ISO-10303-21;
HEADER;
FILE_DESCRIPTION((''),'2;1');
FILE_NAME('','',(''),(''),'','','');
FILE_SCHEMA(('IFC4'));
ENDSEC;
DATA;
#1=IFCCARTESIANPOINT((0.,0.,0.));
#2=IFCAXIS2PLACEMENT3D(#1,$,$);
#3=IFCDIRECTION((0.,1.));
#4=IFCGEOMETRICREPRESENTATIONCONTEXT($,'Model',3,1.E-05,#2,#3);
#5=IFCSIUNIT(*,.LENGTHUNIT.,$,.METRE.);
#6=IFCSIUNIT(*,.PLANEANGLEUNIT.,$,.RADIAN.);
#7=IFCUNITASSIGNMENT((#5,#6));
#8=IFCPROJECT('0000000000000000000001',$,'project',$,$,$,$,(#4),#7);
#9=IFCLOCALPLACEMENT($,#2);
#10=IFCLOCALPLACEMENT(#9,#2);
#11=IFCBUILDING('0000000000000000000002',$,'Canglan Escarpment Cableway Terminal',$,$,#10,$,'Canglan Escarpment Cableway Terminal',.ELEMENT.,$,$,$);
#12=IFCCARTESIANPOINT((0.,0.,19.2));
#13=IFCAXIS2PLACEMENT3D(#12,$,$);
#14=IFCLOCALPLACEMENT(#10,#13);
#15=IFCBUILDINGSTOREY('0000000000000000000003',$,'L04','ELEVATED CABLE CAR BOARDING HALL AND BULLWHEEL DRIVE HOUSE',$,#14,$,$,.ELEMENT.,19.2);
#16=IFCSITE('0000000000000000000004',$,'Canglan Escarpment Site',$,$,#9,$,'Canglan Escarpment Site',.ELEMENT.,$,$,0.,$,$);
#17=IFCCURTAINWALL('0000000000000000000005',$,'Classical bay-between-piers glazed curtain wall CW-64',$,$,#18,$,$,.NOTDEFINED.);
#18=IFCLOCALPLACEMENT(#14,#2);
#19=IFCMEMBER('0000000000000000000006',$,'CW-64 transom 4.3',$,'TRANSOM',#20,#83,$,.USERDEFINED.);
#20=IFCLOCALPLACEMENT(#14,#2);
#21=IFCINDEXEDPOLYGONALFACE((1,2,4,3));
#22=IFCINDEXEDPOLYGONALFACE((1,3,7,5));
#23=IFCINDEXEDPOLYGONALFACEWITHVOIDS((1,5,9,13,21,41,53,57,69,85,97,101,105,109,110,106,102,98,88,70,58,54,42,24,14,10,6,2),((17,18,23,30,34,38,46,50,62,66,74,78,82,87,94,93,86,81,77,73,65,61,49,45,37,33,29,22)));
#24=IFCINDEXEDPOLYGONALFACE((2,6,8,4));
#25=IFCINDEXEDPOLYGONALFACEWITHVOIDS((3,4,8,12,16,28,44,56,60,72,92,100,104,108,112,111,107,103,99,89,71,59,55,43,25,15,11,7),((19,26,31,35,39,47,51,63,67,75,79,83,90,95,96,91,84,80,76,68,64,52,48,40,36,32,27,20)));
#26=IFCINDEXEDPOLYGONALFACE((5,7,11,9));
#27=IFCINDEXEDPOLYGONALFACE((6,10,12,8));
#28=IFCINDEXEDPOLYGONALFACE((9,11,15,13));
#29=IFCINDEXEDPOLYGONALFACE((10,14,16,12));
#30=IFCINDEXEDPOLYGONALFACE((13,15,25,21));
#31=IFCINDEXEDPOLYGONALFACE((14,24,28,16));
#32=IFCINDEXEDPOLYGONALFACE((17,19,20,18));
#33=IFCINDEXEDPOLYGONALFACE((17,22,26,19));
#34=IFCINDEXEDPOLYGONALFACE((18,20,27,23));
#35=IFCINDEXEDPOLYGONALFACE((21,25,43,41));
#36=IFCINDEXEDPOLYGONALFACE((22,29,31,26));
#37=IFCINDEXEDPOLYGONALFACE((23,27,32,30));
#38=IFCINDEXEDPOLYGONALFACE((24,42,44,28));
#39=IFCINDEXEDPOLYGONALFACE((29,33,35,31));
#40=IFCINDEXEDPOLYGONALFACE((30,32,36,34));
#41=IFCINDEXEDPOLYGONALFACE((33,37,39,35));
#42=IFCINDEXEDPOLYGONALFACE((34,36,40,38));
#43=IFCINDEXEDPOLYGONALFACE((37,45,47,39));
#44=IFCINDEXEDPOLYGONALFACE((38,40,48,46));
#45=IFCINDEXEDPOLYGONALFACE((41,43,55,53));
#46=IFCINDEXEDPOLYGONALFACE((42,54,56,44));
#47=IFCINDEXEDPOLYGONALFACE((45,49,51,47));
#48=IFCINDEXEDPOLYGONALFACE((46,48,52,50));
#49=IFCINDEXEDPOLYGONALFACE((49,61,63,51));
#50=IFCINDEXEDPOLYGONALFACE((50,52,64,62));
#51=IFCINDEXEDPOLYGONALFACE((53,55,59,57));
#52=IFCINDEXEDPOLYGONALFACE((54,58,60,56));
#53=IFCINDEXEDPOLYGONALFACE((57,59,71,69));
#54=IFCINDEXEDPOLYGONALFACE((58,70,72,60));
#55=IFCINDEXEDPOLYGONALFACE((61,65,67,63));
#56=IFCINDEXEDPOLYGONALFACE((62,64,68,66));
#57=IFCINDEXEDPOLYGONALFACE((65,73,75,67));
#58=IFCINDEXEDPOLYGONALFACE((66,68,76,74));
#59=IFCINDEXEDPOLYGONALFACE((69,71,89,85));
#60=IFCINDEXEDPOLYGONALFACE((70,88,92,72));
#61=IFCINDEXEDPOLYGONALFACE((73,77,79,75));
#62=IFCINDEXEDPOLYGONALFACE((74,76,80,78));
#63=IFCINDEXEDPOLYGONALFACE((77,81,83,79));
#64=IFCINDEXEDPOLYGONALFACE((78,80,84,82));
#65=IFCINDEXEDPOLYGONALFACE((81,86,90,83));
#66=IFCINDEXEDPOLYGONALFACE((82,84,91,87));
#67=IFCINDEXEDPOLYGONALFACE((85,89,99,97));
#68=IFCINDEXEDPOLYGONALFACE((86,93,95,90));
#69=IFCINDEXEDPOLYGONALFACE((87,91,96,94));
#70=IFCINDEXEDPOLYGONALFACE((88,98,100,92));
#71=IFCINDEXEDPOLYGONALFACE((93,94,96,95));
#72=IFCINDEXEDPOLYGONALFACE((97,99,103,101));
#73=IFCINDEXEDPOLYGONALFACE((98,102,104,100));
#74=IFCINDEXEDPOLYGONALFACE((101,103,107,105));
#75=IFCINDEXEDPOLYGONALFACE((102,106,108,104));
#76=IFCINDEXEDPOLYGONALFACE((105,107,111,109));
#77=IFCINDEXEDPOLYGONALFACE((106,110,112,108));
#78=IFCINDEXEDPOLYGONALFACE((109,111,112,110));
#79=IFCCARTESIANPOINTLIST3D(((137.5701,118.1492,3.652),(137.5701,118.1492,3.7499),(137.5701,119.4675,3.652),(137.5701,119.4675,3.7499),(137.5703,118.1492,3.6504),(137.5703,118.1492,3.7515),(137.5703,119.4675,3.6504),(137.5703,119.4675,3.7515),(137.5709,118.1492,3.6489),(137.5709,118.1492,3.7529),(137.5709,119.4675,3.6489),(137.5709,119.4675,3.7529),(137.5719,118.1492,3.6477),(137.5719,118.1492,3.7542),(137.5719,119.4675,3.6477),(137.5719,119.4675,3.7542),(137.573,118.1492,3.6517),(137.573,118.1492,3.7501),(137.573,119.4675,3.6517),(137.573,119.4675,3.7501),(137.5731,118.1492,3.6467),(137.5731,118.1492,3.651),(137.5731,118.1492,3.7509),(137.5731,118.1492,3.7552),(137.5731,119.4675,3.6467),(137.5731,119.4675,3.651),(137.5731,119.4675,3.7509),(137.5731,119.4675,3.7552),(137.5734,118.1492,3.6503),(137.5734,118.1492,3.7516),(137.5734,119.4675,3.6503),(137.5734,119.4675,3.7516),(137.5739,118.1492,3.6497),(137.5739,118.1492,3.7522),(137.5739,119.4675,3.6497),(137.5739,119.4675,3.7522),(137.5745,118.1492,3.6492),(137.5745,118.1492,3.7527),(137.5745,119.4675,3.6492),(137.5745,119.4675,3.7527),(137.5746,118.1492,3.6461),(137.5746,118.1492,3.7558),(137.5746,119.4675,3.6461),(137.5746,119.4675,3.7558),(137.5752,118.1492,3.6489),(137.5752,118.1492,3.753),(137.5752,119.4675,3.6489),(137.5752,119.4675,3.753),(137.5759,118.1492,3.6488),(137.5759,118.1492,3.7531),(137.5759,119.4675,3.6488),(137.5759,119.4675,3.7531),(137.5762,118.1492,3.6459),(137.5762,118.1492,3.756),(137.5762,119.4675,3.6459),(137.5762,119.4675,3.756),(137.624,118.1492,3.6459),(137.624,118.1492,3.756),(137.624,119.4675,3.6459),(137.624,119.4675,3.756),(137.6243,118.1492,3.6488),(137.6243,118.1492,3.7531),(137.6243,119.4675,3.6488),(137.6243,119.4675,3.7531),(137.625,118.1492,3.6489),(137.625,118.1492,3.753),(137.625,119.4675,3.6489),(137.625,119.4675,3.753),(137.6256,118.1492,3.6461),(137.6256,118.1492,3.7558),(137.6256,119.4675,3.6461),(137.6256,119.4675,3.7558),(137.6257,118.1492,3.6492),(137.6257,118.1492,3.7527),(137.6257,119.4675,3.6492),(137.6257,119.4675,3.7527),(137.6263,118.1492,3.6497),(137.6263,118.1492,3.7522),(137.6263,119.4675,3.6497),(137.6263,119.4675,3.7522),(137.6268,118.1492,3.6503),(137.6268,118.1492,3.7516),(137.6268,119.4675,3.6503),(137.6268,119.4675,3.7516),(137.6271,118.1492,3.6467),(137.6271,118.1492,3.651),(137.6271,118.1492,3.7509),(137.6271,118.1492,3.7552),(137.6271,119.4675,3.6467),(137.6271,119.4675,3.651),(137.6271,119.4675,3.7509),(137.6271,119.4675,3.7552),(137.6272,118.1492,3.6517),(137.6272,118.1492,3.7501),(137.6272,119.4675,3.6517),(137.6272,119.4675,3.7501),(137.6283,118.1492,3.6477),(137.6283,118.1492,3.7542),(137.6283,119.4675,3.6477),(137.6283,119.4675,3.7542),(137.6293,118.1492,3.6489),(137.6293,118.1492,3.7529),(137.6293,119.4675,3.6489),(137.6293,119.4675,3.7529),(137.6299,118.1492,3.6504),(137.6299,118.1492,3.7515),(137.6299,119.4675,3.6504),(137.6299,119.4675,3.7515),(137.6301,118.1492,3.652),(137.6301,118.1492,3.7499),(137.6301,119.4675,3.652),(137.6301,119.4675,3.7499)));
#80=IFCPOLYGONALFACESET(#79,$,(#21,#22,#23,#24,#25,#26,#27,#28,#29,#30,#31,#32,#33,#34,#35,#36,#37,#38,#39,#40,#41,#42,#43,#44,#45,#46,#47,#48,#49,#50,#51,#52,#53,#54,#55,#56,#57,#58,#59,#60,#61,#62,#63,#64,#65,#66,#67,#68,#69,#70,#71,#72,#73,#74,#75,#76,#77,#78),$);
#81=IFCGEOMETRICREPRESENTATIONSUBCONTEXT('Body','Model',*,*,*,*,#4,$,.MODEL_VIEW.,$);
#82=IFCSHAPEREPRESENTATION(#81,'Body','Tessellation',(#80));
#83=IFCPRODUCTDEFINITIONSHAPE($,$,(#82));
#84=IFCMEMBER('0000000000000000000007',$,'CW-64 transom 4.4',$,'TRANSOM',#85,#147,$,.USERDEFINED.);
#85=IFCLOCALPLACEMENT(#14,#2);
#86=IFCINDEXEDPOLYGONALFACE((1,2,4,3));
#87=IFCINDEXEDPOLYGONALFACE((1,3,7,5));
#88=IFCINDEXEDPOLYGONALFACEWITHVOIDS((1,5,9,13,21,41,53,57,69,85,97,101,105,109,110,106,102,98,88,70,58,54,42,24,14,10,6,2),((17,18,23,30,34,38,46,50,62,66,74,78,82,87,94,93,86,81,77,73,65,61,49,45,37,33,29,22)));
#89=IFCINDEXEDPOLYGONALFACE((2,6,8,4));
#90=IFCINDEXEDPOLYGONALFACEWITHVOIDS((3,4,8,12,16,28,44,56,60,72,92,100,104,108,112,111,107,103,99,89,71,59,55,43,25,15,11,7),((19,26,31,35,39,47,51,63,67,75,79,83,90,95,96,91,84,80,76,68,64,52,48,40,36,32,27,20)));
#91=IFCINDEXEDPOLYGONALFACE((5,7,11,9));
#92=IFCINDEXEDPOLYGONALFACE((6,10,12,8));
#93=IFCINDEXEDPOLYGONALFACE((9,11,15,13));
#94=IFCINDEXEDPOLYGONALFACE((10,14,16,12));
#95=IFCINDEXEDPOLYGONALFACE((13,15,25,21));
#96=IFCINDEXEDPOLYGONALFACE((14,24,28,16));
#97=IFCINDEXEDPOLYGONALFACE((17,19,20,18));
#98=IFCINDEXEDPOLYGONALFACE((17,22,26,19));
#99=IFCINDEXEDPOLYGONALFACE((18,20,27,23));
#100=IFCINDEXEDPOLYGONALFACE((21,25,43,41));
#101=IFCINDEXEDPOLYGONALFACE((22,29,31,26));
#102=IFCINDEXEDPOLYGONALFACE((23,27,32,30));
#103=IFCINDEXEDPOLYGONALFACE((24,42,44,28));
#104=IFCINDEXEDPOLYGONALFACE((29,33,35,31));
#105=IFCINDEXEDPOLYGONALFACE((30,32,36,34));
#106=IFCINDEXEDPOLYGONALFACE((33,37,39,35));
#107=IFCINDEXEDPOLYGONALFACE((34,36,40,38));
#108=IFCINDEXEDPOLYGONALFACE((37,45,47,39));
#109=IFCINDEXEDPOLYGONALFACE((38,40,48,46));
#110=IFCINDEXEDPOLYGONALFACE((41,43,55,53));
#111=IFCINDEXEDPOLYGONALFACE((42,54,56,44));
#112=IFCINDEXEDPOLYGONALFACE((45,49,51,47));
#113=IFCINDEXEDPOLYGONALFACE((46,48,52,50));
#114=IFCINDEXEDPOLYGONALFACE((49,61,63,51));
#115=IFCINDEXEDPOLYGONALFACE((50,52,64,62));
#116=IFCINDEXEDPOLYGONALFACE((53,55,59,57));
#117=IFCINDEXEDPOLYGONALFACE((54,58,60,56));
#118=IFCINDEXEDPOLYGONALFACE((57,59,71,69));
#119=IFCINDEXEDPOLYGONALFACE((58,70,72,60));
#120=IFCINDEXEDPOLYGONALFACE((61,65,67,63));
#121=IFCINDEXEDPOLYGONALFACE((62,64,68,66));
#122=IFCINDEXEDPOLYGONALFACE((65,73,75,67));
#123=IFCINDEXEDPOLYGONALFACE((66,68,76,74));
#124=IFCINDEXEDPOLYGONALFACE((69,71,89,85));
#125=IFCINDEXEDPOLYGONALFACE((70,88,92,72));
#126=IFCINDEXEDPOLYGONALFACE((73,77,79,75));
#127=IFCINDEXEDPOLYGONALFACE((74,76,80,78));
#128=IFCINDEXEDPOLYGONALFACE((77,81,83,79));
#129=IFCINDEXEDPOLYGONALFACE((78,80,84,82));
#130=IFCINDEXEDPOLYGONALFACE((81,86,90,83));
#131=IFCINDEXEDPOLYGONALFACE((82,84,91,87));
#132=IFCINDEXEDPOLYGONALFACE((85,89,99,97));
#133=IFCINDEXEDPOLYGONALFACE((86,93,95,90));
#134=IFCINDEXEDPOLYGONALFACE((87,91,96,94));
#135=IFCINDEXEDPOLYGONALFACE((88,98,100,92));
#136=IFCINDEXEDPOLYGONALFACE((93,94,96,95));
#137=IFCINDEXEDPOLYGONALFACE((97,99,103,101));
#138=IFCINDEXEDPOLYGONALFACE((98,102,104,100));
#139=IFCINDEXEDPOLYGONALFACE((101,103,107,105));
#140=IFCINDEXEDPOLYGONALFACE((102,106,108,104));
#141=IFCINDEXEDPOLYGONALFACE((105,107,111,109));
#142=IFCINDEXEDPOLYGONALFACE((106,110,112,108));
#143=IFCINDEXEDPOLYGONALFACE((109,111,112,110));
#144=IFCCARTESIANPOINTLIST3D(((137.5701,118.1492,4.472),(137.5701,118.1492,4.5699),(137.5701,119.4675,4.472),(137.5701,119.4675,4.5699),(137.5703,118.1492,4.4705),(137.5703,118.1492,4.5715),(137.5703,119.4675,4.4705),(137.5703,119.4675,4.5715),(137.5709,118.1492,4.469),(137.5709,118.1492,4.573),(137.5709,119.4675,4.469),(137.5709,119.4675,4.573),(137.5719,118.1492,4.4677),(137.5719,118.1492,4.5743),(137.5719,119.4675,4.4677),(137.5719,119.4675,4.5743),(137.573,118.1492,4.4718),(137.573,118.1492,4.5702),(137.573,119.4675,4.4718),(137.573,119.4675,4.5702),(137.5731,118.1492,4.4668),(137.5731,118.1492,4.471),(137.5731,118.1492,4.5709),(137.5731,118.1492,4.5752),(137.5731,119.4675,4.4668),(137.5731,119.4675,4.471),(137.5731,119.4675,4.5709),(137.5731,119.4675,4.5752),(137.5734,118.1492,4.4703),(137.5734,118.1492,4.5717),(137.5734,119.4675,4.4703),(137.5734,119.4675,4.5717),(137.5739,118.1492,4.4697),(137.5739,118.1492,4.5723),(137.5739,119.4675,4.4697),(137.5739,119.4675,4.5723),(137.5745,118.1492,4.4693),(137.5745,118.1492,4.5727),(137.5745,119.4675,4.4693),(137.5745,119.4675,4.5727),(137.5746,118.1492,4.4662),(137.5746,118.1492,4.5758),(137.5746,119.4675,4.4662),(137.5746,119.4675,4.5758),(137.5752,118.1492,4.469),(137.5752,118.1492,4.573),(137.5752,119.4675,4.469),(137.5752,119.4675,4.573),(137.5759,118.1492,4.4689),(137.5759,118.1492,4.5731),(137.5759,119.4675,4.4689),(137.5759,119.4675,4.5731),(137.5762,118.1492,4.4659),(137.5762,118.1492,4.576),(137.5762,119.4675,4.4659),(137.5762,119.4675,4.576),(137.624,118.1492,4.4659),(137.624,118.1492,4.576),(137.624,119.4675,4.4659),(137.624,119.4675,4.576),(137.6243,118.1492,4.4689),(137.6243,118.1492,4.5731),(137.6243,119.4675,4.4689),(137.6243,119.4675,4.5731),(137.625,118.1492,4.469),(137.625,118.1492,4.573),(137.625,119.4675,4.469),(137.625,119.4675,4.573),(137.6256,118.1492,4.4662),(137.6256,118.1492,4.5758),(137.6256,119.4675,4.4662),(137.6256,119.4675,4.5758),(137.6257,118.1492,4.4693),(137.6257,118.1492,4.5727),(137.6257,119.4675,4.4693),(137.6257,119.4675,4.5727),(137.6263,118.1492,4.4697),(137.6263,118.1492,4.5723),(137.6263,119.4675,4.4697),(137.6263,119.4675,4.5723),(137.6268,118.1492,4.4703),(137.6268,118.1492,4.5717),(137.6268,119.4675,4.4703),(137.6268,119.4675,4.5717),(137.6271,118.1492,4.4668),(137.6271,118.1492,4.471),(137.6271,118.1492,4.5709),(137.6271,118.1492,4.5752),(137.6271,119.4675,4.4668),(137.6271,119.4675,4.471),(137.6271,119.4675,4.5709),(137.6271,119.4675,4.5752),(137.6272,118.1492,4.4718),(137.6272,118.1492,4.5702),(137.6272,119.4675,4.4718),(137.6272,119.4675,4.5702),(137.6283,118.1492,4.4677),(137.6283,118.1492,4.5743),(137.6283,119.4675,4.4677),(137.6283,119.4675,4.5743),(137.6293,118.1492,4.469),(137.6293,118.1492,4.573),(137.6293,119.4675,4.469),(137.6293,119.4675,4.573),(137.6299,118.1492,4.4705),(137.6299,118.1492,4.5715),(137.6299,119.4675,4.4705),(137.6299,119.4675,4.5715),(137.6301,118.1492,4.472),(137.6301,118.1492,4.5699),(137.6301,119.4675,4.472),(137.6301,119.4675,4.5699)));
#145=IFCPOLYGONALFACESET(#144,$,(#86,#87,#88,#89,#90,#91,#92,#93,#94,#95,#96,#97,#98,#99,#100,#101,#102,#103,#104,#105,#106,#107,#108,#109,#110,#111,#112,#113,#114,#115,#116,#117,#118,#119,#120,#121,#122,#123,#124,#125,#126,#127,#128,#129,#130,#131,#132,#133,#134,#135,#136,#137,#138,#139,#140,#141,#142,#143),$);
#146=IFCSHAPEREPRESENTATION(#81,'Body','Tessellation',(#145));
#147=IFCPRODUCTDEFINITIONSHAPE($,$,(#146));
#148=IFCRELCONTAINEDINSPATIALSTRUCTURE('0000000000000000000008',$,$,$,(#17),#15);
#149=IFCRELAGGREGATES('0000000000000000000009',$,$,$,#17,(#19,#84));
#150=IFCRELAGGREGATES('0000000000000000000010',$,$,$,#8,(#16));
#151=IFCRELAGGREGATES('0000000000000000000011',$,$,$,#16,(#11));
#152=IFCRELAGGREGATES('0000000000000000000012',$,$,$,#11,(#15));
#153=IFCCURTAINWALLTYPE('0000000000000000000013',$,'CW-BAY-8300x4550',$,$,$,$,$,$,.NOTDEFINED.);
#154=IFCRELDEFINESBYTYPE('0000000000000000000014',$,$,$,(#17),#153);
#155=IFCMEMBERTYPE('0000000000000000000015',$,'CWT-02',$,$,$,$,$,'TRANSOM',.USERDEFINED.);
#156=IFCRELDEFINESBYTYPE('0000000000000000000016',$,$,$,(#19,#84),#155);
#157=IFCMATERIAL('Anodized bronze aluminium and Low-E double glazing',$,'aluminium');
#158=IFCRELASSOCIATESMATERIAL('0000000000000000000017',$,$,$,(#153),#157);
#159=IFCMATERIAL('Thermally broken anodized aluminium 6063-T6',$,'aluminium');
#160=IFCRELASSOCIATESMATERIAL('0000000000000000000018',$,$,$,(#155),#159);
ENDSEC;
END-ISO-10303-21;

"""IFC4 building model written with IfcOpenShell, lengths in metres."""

from ifc_helpers import new_model, si_unit, direction, frame, origin, origin_2d, place, context, subcontext, project, spatial, hollow_rectangle, extrude, material, material_profile, profile_set, type_object, element, aggregate, save


model = new_model("IFC4")

# Units and contexts
model_context = context("Model", 3, precision=1e-05, world=origin(), true_north=direction((0.0, 1.0)))
body_context = subcontext(model_context, "Body", "Model", "MODEL_VIEW")
ifc_project = project(units=[si_unit("LENGTHUNIT", "METRE"), si_unit("PLANEANGLEUNIT", "RADIAN")], contexts=[model_context])

# Site, building, storey
site_placement = place(None, origin())
site = spatial("IfcSite", under=ifc_project, at=site_placement, Name="Canglan Escarpment Site", LongName="Canglan Escarpment Site", CompositionType="ELEMENT", RefElevation=0.0)
building_placement = place(site_placement, origin())
building = spatial("IfcBuilding", under=site, at=building_placement, Name="Canglan Escarpment Cableway Terminal", LongName="Canglan Escarpment Cableway Terminal", CompositionType="ELEMENT")
storey_placement = place(building_placement, frame((0.0, 0.0, 19.2)))
storey = spatial("IfcBuildingStorey", under=building, at=storey_placement, Name="L04", Description="ELEVATED CABLE CAR BOARDING HALL AND BULLWHEEL DRIVE HOUSE", CompositionType="ELEMENT", Elevation=19.2)

# Curtain wall, members
ifc_material_1 = material(Name="Anodized bronze aluminium and Low-E double glazing", Category="aluminium")
curtain_wall_type = type_object("IfcCurtainWallType", Name="CW-BAY-8300x4550", PredefinedType="NOTDEFINED", material=ifc_material_1)
curtain_wall_placement = place(storey_placement, origin())
curtain_wall = element("IfcCurtainWall", 1, at=curtain_wall_placement, inside=storey, type_object=curtain_wall_type, Name="Classical bay-between-piers glazed curtain wall CW-64", PredefinedType="NOTDEFINED")
ifc_material_2 = material(Name="Thermally broken anodized aluminium 6063-T6", Category="aluminium")
ifc_material_profile_1 = material_profile(ifc_material_2, hollow_rectangle(XDim=0.0601, YDim=0.1101, WallThickness=0.0029, InnerFilletRadius=0.0029, OuterFilletRadius=0.0061, at=origin_2d()), Name="ALU-TRAN 60x110x3")
ifc_profile_set_1 = profile_set([ifc_material_profile_1], Name="Thermally broken anodized aluminium 6063-T6")
member_type_1 = type_object("IfcMemberType", Name="CWT-02", ElementType="TRANSOM", PredefinedType="USERDEFINED", material=ifc_profile_set_1)
member_1_placement = place(storey_placement, frame((137.6001, 119.4675, 3.7009), z_axis=(0.0, -1.0, 0.0), x_axis=(1.0, 0.0, 0.0)))
member_1 = element("IfcMember", 2, at=member_1_placement, type_object=member_type_1, Name="CW-64 transom 4.3", ObjectType="TRANSOM", PredefinedType="USERDEFINED", context=body_context, shape_type="SweptSolid", body=[
    extrude(hollow_rectangle(XDim=0.0601, YDim=0.1101, WallThickness=0.0029, InnerFilletRadius=0.0029, OuterFilletRadius=0.0061, at=origin_2d()), origin(), (0.0, 0.0, 1.0), 1.3184),
])
member_2_placement = place(storey_placement, frame((137.6001, 119.4675, 4.521), z_axis=(0.0, -1.0, 0.0), x_axis=(1.0, 0.0, 0.0)))
member_2 = element("IfcMember", 3, at=member_2_placement, type_object=member_type_1, Name="CW-64 transom 4.4", ObjectType="TRANSOM", PredefinedType="USERDEFINED", context=body_context, shape_type="SweptSolid", body=[
    extrude(hollow_rectangle(XDim=0.0601, YDim=0.1101, WallThickness=0.0029, InnerFilletRadius=0.0029, OuterFilletRadius=0.0061, at=origin_2d()), origin(), (0.0, 0.0, 1.0), 1.3184),
])
aggregate(curtain_wall, [member_1, member_2])

save(model, "model.ifc")
